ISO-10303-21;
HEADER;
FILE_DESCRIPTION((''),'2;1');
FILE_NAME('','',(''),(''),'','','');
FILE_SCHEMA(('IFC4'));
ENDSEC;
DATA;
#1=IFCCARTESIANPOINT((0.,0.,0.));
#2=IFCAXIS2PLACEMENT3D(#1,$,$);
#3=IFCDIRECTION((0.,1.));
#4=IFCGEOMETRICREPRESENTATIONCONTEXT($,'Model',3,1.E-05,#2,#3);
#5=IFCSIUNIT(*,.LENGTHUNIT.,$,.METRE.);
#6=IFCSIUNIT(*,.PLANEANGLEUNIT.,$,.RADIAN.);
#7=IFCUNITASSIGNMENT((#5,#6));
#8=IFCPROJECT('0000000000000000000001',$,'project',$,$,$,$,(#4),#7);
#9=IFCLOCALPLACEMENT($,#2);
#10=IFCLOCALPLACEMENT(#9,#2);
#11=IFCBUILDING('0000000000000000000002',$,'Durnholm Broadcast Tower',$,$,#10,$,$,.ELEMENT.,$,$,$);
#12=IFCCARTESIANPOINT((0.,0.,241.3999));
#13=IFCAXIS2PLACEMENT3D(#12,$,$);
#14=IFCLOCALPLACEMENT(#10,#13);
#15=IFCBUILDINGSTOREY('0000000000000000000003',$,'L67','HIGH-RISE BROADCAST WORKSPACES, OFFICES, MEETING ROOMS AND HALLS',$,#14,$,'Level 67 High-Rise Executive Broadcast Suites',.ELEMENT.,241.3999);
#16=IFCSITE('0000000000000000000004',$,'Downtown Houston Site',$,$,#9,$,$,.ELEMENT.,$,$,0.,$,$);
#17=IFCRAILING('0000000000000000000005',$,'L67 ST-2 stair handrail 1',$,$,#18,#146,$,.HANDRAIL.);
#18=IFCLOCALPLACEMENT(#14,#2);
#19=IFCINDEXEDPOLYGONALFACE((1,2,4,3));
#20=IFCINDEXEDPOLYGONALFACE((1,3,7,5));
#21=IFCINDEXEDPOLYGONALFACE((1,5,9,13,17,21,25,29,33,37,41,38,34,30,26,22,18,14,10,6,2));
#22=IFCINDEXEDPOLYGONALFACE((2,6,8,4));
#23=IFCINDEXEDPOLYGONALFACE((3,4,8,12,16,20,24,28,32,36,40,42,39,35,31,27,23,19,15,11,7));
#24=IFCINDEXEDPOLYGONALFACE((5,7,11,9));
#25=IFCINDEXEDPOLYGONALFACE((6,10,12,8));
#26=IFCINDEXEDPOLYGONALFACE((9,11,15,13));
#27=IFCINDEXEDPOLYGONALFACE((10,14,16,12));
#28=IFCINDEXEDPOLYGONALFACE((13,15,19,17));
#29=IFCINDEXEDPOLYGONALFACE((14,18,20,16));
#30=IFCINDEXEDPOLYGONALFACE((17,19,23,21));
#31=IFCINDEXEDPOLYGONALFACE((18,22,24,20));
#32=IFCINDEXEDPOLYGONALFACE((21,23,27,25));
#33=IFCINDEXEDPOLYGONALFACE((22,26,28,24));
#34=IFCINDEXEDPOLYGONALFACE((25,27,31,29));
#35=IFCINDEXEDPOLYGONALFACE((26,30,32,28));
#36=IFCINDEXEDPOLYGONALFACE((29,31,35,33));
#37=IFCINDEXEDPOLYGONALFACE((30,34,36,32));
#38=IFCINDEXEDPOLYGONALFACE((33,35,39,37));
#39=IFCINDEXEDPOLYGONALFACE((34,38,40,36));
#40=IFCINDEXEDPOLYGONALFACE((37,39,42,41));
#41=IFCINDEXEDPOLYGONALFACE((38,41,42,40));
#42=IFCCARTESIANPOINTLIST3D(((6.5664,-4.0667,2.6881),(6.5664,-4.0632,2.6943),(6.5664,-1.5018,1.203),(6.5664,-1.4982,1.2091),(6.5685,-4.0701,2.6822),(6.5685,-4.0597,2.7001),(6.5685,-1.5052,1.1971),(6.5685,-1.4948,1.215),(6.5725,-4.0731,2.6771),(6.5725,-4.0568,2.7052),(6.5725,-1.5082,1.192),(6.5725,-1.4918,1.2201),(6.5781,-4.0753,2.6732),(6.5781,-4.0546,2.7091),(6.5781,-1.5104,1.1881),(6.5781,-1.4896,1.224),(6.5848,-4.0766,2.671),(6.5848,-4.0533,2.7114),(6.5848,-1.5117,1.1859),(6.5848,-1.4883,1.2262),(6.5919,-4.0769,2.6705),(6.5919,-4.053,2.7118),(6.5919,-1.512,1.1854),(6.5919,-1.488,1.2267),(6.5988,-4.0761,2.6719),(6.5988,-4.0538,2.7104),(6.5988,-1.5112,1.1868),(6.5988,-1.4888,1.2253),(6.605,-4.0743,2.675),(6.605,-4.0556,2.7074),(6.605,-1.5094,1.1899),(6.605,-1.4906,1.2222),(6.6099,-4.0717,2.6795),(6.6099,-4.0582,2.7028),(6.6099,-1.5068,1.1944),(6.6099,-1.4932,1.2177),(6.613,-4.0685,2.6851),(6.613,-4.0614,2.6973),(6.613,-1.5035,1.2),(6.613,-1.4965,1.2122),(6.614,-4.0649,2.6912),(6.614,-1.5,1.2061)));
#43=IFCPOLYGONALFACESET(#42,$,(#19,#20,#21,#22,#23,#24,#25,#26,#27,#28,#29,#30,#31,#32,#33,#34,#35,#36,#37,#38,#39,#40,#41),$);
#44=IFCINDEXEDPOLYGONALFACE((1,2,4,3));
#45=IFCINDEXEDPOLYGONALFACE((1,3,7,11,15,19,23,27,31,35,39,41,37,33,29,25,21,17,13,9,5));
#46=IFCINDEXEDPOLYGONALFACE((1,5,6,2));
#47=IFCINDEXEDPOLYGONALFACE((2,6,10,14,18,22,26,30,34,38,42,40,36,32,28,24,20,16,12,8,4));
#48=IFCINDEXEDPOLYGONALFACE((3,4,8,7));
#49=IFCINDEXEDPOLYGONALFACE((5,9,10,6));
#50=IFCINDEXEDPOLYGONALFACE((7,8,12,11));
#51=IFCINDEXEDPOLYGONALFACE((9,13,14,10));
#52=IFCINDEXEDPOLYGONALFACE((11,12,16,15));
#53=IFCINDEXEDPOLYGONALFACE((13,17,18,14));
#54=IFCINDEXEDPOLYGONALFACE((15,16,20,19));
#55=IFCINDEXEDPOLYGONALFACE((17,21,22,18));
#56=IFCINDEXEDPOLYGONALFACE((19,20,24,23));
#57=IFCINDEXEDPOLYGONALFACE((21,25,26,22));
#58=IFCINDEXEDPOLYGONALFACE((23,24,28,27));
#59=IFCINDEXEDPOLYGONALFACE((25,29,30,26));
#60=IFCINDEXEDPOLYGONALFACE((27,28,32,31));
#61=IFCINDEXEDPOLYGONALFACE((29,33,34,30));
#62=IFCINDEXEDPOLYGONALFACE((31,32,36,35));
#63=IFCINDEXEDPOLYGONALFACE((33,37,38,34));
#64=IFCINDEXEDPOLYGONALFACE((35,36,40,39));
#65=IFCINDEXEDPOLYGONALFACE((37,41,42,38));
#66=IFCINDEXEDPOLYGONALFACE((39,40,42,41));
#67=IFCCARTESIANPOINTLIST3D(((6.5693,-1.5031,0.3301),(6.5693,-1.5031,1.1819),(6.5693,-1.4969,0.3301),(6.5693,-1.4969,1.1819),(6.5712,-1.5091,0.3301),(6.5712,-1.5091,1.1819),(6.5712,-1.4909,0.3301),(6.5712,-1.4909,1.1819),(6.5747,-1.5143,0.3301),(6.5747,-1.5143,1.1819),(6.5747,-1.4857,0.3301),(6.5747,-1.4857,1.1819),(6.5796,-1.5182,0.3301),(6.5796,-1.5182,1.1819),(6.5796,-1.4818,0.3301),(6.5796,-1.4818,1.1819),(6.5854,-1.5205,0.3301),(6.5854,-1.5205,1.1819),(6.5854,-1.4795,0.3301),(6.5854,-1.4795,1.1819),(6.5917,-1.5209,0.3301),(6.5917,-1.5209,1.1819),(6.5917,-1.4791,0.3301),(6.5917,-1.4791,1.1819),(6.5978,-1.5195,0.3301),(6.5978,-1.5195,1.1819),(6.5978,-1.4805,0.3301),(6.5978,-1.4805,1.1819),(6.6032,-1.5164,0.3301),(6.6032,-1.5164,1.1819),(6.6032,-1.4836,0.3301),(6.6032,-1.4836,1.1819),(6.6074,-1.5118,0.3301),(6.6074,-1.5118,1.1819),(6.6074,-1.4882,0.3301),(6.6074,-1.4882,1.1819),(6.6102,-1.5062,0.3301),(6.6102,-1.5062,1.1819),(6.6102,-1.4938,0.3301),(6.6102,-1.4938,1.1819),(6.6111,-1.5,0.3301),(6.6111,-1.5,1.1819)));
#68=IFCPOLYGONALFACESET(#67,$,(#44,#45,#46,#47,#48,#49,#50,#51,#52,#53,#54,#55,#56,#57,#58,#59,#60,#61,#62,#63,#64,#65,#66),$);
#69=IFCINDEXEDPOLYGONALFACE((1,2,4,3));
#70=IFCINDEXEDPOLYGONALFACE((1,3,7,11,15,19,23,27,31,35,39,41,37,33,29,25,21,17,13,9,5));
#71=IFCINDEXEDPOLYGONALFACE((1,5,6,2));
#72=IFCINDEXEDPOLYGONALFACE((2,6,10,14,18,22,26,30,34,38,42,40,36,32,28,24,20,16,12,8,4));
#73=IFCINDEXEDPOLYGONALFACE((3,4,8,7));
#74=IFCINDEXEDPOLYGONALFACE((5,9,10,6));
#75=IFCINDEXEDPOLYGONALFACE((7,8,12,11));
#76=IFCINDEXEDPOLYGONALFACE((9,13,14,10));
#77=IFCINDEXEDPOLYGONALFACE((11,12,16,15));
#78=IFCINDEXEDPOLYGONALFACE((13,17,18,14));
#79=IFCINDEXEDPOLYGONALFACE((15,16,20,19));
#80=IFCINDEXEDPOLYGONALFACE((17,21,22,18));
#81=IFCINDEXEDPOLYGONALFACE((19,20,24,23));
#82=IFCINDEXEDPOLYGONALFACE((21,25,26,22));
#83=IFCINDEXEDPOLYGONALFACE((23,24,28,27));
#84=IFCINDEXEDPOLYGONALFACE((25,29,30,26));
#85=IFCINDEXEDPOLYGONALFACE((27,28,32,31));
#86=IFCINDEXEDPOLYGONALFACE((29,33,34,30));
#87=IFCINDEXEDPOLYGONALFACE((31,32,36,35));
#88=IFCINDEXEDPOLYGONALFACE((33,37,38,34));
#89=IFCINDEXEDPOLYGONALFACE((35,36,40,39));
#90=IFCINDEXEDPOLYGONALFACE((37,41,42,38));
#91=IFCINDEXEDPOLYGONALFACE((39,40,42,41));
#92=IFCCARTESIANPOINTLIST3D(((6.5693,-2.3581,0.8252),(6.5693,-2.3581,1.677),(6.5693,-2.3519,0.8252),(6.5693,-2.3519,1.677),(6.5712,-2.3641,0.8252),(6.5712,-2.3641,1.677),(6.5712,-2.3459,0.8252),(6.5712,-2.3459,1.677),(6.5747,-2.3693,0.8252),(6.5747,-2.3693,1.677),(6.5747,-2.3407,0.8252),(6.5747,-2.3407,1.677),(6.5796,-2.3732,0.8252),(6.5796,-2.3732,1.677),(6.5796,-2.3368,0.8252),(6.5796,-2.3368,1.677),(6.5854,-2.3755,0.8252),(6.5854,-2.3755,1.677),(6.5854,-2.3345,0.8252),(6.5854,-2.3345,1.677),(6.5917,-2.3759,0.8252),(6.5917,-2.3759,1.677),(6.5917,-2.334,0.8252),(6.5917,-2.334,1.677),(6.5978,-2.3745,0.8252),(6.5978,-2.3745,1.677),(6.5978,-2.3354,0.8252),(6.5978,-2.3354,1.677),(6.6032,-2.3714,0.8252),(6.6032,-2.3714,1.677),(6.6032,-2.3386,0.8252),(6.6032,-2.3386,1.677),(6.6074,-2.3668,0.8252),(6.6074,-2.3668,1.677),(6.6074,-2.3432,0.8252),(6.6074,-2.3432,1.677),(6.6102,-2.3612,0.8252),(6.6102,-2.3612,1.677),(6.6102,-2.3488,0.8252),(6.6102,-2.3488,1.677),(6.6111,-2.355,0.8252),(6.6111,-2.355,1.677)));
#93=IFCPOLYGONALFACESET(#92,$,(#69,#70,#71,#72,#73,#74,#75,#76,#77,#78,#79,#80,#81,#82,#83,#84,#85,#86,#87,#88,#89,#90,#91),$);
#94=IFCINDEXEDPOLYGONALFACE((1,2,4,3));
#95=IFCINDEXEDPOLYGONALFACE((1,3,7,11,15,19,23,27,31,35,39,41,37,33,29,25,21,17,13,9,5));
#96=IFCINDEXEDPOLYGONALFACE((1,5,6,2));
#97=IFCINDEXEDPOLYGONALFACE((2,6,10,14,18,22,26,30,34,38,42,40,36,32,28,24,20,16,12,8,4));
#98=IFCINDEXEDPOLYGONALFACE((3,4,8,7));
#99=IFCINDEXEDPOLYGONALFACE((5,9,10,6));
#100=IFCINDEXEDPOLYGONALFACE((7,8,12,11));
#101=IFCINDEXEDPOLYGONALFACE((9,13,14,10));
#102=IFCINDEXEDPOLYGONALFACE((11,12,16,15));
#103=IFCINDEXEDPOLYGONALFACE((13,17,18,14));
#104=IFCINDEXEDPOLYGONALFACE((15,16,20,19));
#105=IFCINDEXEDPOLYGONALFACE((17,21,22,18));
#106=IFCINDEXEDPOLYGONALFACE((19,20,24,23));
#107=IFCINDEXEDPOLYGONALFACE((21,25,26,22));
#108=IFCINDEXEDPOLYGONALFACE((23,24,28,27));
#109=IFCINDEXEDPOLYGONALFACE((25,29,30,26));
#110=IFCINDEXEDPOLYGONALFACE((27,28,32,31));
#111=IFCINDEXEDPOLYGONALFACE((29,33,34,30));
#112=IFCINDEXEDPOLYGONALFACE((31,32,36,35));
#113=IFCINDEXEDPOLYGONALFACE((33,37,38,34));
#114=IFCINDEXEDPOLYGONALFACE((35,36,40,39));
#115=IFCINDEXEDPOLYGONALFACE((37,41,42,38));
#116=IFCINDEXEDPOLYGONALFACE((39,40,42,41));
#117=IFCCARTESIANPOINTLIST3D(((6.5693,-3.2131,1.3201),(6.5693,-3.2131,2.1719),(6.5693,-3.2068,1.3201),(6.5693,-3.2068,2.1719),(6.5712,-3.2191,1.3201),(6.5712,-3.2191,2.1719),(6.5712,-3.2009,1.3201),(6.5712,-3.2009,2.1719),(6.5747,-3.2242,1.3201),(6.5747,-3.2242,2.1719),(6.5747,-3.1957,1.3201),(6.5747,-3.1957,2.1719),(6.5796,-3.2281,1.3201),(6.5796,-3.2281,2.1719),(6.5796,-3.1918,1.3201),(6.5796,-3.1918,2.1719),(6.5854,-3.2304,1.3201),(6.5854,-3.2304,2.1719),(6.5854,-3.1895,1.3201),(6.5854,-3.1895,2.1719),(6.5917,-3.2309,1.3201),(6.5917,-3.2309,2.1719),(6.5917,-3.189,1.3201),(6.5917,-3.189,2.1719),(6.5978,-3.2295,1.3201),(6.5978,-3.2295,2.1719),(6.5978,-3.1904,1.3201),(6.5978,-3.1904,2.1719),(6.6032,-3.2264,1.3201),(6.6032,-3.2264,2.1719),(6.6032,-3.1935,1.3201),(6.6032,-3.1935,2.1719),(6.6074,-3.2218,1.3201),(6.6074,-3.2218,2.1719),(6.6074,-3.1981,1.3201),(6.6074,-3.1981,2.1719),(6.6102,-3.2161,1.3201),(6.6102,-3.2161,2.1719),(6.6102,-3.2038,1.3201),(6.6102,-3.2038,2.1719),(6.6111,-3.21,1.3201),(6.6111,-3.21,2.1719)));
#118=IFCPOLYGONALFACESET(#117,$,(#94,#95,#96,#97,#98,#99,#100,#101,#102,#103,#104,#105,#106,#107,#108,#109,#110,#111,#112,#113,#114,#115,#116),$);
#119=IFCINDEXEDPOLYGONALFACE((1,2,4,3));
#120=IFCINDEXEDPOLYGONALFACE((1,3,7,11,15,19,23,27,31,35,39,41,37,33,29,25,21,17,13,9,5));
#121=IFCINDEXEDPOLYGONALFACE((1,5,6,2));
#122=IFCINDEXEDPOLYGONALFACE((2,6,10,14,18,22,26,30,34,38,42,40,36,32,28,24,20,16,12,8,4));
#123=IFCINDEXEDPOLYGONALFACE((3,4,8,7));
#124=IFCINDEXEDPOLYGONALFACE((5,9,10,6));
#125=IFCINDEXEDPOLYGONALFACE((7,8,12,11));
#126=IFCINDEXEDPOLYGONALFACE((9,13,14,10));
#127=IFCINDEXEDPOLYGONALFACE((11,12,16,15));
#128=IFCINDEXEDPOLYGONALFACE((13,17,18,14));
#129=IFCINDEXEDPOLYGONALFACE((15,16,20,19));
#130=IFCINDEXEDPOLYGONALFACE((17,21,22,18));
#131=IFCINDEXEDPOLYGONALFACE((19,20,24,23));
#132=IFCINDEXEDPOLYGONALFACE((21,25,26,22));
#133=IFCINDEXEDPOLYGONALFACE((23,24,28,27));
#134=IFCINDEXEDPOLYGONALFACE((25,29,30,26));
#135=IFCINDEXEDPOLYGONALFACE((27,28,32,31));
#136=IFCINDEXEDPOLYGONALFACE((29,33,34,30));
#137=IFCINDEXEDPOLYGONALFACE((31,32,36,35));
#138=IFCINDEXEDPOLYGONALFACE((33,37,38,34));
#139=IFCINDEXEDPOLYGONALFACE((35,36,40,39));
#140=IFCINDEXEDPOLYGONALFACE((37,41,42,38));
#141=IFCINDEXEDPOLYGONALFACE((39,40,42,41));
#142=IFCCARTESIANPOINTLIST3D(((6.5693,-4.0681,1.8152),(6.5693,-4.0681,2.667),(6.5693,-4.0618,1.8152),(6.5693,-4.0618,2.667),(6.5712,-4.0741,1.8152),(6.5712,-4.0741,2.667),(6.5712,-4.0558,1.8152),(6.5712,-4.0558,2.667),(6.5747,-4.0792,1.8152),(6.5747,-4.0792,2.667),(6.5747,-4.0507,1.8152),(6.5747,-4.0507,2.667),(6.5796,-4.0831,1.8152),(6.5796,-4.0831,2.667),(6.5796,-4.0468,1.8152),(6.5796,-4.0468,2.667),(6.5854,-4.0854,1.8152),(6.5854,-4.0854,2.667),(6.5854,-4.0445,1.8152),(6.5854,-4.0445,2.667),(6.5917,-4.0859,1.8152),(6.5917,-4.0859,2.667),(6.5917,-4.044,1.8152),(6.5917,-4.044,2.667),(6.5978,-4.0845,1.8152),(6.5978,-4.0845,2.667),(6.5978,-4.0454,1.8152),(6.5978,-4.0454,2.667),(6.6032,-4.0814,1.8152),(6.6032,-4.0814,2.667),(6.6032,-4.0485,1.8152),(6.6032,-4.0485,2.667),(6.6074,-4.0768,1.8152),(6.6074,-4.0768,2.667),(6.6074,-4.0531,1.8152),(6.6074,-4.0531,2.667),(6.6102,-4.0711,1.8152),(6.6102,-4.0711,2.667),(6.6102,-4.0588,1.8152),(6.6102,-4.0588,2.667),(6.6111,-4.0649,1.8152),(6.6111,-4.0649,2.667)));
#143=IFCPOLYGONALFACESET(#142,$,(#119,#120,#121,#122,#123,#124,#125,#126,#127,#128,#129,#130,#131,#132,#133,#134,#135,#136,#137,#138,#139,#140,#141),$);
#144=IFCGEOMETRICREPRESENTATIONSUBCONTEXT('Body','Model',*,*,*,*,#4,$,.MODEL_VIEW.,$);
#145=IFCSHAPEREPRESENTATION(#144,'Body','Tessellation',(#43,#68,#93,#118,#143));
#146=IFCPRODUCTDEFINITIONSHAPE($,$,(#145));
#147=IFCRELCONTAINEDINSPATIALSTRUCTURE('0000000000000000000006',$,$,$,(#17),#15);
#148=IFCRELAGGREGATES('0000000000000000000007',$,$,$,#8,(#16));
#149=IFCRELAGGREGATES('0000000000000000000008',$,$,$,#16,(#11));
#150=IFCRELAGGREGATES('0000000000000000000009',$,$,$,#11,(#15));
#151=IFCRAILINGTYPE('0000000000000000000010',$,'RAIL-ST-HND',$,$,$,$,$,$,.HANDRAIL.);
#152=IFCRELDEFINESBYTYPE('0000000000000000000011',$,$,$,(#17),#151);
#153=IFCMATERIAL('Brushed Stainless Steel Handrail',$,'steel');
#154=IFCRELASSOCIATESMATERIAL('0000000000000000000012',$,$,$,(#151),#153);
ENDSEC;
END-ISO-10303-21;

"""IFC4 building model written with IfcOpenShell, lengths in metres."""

from ifc_helpers import new_model, si_unit, direction, frame, origin, origin_2d, place, context, subcontext, project, spatial, circle, extrude, material, type_object, element, save


model = new_model("IFC4")

# Units and contexts
model_context = context("Model", 3, precision=1e-05, world=origin(), true_north=direction((0.0, 1.0)))
body_context = subcontext(model_context, "Body", "Model", "MODEL_VIEW")
ifc_project = project(units=[si_unit("LENGTHUNIT", "METRE"), si_unit("PLANEANGLEUNIT", "RADIAN")], contexts=[model_context])

# Site, building, storey
site_placement = place(None, origin())
site = spatial("IfcSite", under=ifc_project, at=site_placement, Name="Downtown Houston Site", CompositionType="ELEMENT", RefElevation=0.0)
building_placement = place(site_placement, origin())
building = spatial("IfcBuilding", under=site, at=building_placement, Name="Durnholm Broadcast Tower", CompositionType="ELEMENT")
storey_placement = place(building_placement, frame((0.0, 0.0, 241.3999)))
storey = spatial("IfcBuildingStorey", under=building, at=storey_placement, Name="L67", Description="HIGH-RISE BROADCAST WORKSPACES, OFFICES, MEETING ROOMS AND HALLS", LongName="Level 67 High-Rise Executive Broadcast Suites", CompositionType="ELEMENT", Elevation=241.3999)

# Railing
ifc_material_1 = material(Name="Brushed Stainless Steel Handrail", Category="steel")
railing_type_1 = type_object("IfcRailingType", Name="RAIL-ST-HND", PredefinedType="HANDRAIL", material=ifc_material_1)
railing_1_placement = place(storey_placement, frame((6.5901, -1.5, 0.3301)))
element("IfcRailing", 1, at=railing_1_placement, inside=storey, type_object=railing_type_1, Name="L67 ST-2 stair handrail 1", PredefinedType="HANDRAIL", context=body_context, shape_type="SweptSolid", body=[
    extrude(circle(Radius=0.0239, at=origin_2d()), frame((0.0, 0.0, 0.876), z_axis=(0.0, -0.865406, 0.501072), x_axis=(1.0, 0.0, 0.0)), (0.0, 0.0, 1.0), 2.9639),
    extrude(circle(Radius=0.021, at=origin_2d()), origin(), (0.0, 0.0, 1.0), 0.8518),
    extrude(circle(Radius=0.021, at=origin_2d()), frame((0.0, -0.855, 0.4951)), (0.0, 0.0, 1.0), 0.8518),
    extrude(circle(Radius=0.021, at=origin_2d()), frame((0.0, -1.71, 0.99)), (0.0, 0.0, 1.0), 0.8518),
    extrude(circle(Radius=0.021, at=origin_2d()), frame((0.0, -2.5649, 1.4851)), (0.0, 0.0, 1.0), 0.8518),
])

save(model, "model.ifc")
